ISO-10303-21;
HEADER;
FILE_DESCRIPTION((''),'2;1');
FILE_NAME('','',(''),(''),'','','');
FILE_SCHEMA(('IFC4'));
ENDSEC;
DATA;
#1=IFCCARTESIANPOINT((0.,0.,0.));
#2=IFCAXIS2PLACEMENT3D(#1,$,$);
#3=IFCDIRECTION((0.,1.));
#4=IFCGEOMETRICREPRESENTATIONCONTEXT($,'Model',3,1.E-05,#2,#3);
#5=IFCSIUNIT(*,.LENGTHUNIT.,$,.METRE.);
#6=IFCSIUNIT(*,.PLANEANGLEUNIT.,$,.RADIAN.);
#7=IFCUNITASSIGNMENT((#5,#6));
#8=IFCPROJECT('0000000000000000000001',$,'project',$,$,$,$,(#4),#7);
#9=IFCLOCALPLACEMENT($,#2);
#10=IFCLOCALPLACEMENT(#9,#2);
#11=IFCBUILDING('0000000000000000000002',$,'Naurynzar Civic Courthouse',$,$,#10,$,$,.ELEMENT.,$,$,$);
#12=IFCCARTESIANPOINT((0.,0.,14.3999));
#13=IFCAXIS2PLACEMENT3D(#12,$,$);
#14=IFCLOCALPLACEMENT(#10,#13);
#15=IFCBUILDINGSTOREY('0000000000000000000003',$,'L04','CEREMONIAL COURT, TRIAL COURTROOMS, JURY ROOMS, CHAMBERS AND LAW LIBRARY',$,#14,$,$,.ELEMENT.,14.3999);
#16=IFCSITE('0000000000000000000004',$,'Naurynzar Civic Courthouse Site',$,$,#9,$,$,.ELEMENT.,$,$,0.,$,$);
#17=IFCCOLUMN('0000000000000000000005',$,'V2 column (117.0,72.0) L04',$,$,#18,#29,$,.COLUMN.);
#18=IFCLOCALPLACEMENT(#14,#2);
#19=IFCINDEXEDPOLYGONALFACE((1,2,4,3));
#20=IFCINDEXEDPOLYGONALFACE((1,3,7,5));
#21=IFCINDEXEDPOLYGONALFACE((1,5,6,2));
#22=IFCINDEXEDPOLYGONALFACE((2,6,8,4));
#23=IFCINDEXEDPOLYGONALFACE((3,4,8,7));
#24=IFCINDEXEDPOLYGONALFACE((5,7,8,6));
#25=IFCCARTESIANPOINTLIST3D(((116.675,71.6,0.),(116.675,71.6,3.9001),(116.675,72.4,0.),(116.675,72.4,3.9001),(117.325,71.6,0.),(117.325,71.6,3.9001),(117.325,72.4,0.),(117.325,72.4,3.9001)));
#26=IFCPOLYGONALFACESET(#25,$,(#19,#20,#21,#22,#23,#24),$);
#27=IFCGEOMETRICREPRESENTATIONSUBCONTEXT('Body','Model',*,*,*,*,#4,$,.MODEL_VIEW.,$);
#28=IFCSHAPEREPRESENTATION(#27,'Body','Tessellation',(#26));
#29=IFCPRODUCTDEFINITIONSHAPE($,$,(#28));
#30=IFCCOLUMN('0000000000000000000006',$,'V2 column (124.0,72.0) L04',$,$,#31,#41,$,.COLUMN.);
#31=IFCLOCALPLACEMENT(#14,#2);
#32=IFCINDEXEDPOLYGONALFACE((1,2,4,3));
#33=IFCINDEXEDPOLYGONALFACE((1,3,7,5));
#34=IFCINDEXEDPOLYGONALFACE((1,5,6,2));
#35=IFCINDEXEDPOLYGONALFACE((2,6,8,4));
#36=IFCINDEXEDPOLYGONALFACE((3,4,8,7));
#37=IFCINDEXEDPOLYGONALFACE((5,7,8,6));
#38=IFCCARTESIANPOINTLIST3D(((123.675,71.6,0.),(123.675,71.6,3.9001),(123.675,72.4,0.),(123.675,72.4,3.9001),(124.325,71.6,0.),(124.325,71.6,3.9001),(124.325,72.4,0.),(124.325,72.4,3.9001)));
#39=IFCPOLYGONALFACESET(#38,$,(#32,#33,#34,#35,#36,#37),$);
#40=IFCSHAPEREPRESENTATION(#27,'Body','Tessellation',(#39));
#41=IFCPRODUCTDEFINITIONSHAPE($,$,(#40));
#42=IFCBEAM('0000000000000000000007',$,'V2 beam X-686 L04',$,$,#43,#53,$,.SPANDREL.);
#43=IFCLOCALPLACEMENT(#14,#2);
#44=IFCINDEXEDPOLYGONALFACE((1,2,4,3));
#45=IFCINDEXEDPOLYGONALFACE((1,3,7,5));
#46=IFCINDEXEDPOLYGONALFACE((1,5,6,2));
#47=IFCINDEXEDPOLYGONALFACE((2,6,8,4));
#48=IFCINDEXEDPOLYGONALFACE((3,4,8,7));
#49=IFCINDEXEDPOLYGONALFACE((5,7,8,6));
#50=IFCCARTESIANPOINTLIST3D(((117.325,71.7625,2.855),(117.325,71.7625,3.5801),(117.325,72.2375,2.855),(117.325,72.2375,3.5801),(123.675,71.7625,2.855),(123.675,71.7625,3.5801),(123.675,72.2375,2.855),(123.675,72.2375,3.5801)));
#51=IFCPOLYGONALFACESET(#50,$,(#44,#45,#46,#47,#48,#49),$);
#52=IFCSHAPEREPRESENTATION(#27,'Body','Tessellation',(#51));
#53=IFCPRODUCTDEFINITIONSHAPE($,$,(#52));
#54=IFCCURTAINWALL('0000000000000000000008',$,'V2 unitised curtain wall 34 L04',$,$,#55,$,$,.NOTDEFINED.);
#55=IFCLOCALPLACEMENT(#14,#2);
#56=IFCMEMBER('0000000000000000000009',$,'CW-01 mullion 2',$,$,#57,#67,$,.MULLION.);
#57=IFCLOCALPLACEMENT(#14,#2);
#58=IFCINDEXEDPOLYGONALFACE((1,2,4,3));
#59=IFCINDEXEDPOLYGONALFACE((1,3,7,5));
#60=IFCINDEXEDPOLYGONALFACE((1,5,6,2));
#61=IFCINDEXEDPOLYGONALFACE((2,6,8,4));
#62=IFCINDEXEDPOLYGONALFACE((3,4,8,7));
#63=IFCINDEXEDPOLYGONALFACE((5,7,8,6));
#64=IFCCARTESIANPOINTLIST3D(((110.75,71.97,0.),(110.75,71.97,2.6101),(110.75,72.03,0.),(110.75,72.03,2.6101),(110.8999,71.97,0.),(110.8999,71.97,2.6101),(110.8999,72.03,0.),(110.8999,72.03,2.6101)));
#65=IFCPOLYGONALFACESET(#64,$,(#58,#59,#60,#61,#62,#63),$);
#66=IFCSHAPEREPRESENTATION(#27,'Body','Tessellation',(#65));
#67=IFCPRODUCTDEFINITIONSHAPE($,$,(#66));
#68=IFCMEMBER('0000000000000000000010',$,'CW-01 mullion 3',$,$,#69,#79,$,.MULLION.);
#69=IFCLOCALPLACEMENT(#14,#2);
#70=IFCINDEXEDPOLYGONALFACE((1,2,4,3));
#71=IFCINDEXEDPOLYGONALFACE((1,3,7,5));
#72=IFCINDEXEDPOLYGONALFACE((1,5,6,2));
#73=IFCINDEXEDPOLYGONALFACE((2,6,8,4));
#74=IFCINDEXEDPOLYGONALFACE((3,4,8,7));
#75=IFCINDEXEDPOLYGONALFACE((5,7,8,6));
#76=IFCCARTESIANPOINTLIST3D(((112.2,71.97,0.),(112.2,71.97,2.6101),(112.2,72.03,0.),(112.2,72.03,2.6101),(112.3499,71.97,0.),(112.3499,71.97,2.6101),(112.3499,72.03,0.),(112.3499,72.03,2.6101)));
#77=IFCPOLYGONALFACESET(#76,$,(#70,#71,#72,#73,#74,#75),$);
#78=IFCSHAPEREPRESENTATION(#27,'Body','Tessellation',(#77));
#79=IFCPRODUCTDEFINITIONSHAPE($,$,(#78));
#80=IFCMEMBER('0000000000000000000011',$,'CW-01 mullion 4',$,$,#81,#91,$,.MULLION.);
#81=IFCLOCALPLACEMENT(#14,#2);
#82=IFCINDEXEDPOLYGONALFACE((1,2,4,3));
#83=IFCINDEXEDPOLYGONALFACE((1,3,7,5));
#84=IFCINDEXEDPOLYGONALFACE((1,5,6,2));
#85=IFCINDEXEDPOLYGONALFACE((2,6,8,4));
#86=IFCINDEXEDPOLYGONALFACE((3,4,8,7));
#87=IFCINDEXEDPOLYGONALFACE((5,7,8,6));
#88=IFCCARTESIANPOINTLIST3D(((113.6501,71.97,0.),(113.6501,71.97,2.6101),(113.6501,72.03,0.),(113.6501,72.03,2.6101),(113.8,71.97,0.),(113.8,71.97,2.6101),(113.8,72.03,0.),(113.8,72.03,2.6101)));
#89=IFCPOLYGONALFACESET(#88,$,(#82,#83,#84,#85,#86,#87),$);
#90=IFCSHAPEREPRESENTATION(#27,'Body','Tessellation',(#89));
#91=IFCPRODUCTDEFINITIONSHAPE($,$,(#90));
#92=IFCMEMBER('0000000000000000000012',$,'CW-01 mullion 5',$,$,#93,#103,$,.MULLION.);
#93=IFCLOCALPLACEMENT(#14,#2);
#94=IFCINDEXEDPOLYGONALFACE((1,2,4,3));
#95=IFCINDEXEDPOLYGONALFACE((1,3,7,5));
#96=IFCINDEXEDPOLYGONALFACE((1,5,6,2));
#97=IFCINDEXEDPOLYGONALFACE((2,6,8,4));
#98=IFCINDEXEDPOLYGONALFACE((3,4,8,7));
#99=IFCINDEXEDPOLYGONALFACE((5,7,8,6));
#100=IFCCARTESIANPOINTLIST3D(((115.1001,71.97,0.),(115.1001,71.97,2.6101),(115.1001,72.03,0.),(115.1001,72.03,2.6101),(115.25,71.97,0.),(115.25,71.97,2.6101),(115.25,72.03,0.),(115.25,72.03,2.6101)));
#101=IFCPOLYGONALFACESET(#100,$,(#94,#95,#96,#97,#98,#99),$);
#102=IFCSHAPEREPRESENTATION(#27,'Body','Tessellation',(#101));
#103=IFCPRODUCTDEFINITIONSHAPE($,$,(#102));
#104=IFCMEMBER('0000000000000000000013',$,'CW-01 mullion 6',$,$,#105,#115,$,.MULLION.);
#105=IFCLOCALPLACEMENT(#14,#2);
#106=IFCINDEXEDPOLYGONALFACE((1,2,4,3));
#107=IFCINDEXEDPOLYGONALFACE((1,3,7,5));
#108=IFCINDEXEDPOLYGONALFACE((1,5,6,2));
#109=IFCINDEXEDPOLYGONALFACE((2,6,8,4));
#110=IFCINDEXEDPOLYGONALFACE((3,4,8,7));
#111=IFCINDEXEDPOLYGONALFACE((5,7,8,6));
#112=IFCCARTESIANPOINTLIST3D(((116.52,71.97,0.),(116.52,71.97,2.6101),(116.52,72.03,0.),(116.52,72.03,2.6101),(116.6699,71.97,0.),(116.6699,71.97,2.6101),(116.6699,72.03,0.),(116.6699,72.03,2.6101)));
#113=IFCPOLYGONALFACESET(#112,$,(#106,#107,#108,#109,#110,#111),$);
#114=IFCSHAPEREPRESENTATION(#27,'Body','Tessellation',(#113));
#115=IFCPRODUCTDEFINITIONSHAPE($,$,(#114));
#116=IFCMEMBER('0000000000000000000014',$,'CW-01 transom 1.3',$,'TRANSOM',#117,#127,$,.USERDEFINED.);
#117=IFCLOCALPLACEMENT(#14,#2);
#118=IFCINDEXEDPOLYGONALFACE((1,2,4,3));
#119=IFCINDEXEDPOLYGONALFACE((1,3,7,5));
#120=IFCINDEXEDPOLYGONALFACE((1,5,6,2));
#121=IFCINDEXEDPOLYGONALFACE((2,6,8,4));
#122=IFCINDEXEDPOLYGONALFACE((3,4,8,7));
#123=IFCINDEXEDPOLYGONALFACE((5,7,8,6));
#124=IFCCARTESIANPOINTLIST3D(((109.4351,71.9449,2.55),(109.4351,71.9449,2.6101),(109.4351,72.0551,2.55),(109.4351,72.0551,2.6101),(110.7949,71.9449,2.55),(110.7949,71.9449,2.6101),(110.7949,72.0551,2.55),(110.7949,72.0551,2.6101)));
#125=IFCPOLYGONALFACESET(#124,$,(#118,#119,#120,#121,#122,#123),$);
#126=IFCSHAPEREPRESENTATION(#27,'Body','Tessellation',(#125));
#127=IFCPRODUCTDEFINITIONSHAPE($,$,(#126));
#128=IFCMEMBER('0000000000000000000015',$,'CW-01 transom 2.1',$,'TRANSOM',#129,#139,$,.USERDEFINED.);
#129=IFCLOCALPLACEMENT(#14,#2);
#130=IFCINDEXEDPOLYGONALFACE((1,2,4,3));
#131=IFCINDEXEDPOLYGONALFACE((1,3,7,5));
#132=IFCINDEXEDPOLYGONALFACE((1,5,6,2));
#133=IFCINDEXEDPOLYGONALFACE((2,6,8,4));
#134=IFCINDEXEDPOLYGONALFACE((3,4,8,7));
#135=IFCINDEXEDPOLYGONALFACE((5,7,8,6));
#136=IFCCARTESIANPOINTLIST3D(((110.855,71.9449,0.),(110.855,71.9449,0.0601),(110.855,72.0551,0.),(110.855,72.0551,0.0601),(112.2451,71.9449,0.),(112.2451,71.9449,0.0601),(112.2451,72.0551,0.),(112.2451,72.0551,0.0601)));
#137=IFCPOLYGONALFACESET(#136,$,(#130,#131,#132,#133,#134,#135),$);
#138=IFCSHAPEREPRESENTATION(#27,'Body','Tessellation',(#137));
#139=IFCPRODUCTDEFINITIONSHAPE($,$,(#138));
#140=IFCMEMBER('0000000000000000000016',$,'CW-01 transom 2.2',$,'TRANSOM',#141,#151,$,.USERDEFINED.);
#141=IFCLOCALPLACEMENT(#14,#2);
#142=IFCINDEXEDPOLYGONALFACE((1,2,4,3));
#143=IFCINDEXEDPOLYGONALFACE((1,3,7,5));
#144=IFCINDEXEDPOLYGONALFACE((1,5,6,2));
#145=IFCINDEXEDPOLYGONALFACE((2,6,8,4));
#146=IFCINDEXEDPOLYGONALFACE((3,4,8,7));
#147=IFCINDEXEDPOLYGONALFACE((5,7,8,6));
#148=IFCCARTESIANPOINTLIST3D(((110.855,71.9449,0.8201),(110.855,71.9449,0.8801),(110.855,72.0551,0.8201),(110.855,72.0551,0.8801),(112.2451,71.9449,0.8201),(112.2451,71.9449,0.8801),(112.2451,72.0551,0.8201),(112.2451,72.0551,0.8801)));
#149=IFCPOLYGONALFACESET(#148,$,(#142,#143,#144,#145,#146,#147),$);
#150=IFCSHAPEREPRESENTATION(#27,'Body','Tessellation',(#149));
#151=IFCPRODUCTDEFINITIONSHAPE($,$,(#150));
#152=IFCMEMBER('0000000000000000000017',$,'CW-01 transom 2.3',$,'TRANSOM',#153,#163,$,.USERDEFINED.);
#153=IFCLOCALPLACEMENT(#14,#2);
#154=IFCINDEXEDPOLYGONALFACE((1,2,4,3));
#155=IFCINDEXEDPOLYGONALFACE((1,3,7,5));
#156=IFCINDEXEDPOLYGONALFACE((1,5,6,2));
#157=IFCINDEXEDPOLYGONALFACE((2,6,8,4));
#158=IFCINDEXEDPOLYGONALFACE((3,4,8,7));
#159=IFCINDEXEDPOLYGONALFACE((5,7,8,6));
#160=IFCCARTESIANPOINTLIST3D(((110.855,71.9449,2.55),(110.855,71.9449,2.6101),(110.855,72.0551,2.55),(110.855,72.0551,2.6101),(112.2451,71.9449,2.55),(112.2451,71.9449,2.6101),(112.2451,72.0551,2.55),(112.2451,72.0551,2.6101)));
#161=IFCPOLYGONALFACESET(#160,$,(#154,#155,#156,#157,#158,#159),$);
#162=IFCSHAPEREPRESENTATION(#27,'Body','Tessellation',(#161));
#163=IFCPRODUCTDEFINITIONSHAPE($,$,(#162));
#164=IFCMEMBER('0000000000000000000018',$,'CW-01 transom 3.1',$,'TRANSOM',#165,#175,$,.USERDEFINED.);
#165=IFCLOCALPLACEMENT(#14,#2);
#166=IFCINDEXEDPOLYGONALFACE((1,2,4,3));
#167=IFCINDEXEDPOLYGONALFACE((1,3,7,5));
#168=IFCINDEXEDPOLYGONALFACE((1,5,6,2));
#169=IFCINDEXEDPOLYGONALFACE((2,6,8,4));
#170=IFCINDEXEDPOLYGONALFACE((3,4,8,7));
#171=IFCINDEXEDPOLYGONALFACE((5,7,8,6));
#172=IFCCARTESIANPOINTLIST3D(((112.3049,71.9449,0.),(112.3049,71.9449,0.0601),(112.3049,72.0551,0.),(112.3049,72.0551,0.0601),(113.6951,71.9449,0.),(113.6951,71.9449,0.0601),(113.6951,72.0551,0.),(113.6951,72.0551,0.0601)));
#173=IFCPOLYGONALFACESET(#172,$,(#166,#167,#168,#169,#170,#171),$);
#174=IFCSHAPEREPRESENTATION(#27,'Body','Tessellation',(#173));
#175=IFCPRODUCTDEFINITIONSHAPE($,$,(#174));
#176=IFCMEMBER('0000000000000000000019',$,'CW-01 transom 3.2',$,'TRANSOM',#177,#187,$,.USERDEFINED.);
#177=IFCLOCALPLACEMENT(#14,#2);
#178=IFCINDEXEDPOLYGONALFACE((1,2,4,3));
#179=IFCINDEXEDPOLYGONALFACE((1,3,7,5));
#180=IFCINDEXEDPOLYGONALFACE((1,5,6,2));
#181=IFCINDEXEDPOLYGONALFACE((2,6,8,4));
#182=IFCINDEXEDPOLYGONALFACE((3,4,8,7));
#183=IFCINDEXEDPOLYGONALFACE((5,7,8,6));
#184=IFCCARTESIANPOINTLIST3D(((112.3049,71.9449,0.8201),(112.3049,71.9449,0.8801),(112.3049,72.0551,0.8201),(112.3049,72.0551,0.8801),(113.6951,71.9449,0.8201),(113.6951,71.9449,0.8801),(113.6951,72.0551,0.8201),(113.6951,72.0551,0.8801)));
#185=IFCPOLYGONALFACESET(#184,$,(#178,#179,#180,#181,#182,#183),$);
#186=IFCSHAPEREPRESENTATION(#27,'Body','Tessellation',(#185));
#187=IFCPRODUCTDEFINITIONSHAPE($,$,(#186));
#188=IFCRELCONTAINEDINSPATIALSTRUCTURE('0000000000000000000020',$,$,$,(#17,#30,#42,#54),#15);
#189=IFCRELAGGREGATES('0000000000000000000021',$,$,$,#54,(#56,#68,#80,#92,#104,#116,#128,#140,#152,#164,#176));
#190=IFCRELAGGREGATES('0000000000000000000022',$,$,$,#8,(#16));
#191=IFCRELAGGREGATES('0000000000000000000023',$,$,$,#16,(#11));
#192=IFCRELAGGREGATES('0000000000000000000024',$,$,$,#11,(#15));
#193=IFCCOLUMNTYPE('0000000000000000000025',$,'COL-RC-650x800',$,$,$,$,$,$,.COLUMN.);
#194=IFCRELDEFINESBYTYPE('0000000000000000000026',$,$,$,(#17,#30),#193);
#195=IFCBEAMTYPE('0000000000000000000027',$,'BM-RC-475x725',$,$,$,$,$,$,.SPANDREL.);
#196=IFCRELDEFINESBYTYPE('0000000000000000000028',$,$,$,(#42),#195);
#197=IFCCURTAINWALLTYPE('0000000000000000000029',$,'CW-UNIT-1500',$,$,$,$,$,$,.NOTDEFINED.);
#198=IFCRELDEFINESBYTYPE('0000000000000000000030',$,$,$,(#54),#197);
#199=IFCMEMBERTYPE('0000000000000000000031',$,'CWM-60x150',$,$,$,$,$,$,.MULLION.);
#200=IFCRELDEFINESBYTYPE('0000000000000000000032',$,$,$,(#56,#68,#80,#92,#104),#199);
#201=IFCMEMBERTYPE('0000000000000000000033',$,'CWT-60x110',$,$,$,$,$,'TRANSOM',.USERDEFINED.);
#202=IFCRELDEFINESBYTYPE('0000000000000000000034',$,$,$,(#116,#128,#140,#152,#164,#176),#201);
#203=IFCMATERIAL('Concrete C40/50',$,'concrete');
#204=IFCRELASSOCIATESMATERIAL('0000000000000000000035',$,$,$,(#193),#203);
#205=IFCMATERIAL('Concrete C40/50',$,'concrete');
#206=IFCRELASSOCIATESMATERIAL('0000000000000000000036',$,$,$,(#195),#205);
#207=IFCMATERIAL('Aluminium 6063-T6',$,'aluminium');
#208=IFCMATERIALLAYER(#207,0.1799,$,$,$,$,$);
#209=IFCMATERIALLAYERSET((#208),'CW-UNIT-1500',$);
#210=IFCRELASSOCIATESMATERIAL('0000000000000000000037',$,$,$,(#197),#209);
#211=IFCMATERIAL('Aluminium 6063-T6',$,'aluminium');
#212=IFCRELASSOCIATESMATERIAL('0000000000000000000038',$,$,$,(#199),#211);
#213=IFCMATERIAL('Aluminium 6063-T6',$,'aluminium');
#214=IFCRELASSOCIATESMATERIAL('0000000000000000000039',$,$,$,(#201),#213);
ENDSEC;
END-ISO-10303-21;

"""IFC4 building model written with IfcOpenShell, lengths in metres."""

from ifc_helpers import new_model, si_unit, direction, frame, origin, origin_2d, place, context, subcontext, project, spatial, rectangle, extrude, material, layer, layer_set, material_profile, profile_set, type_object, element, aggregate, save


model = new_model("IFC4")

# Units and contexts
model_context = context("Model", 3, precision=1e-05, world=origin(), true_north=direction((0.0, 1.0)))
body_context = subcontext(model_context, "Body", "Model", "MODEL_VIEW")
ifc_project = project(units=[si_unit("LENGTHUNIT", "METRE"), si_unit("PLANEANGLEUNIT", "RADIAN")], contexts=[model_context])

# Site, building, storey
site_placement = place(None, origin())
site = spatial("IfcSite", under=ifc_project, at=site_placement, Name="Naurynzar Civic Courthouse Site", CompositionType="ELEMENT", RefElevation=0.0)
building_placement = place(site_placement, origin())
building = spatial("IfcBuilding", under=site, at=building_placement, Name="Naurynzar Civic Courthouse", CompositionType="ELEMENT")
storey_placement = place(building_placement, frame((0.0, 0.0, 14.3999)))
storey = spatial("IfcBuildingStorey", under=building, at=storey_placement, Name="L04", Description="CEREMONIAL COURT, TRIAL COURTROOMS, JURY ROOMS, CHAMBERS AND LAW LIBRARY", CompositionType="ELEMENT", Elevation=14.3999)

# Columns
ifc_material_1 = material(Name="Concrete C40/50", Category="concrete")
ifc_material_profile_1 = material_profile(ifc_material_1, rectangle(XDim=0.6499, YDim=0.8, at=origin_2d()), Name="RC 650x800")
ifc_profile_set_1 = profile_set([ifc_material_profile_1], Name="Concrete C40/50")
column_type = type_object("IfcColumnType", Name="COL-RC-650x800", PredefinedType="COLUMN", material=ifc_profile_set_1)
for number, where, z_axis, x_axis, name in (
    (1, (117.0, 72.0, 0.0), (0.0, 0.0, 1.0), (1.0, 0.0, 0.0), "V2 column (117.0,72.0) L04"),
    (2, (124.0, 72.0, 0.0), (0.0, 0.0, 1.0), (1.0, 0.0, 0.0), "V2 column (124.0,72.0) L04"),
):
    element("IfcColumn", number, at=place(storey_placement, frame(where, z_axis=z_axis, x_axis=x_axis)), inside=storey, type_object=column_type, Name=name, PredefinedType="COLUMN", context=body_context, shape_type="SweptSolid", body=[
        extrude(rectangle(XDim=0.6499, YDim=0.8, at=origin_2d()), origin(), (0.0, 0.0, 1.0), 3.9001),
    ])

# Beam
ifc_material_2 = material(Name="Concrete C40/50", Category="concrete")
ifc_material_profile_2 = material_profile(ifc_material_2, rectangle(XDim=0.4751, YDim=0.7251, at=origin_2d()), Name="RCB 475x725")
ifc_profile_set_2 = profile_set([ifc_material_profile_2], Name="Concrete C40/50")
beam_type = type_object("IfcBeamType", Name="BM-RC-475x725", PredefinedType="SPANDREL", material=ifc_profile_set_2)
beam_placement = place(storey_placement, frame((117.325, 72.0, 3.2175), z_axis=(1.0, 0.0, 0.0), x_axis=(0.0, 1.0, 0.0)))
element("IfcBeam", 3, at=beam_placement, inside=storey, type_object=beam_type, Name="V2 beam X-686 L04", PredefinedType="SPANDREL", context=body_context, shape_type="SweptSolid", body=[
    extrude(rectangle(XDim=0.4751, YDim=0.7251, at=origin_2d()), origin(), (0.0, 0.0, 1.0), 6.3501),
])

# Curtain wall, members
ifc_material_3 = material(Name="Aluminium 6063-T6", Category="aluminium")
ifc_layer_1 = layer(ifc_material_3, 0.1799)
ifc_layer_set_1 = layer_set([ifc_layer_1], Name="CW-UNIT-1500")
curtain_wall_type = type_object("IfcCurtainWallType", Name="CW-UNIT-1500", PredefinedType="NOTDEFINED", material=ifc_layer_set_1)
curtain_wall_placement = place(storey_placement, origin())
curtain_wall = element("IfcCurtainWall", 4, at=curtain_wall_placement, inside=storey, type_object=curtain_wall_type, Name="V2 unitised curtain wall 34 L04", PredefinedType="NOTDEFINED")
ifc_material_4 = material(Name="Aluminium 6063-T6", Category="aluminium")
ifc_material_profile_3 = material_profile(ifc_material_4, rectangle(XDim=0.0601, YDim=0.1499, at=origin_2d()), Name="ALU MULLION 60x150")
ifc_profile_set_3 = profile_set([ifc_material_profile_3], Name="Aluminium 6063-T6")
member_type_1 = type_object("IfcMemberType", Name="CWM-60x150", PredefinedType="MULLION", material=ifc_profile_set_3)
member_1_placement = place(storey_placement, frame((110.825, 72.0, 0.0), z_axis=(0.0, 0.0, 1.0), x_axis=(0.0, 1.0, 0.0)))
member_1 = element("IfcMember", 5, at=member_1_placement, type_object=member_type_1, Name="CW-01 mullion 2", PredefinedType="MULLION", context=body_context, shape_type="SweptSolid", body=[
    extrude(rectangle(XDim=0.0601, YDim=0.1499, at=origin_2d()), origin(), (0.0, 0.0, 1.0), 2.6101),
])
member_2_placement = place(storey_placement, frame((112.2749, 72.0, 0.0), z_axis=(0.0, 0.0, 1.0), x_axis=(0.0, 1.0, 0.0)))
member_2 = element("IfcMember", 6, at=member_2_placement, type_object=member_type_1, Name="CW-01 mullion 3", PredefinedType="MULLION", context=body_context, shape_type="SweptSolid", body=[
    extrude(rectangle(XDim=0.0601, YDim=0.1499, at=origin_2d()), origin(), (0.0, 0.0, 1.0), 2.6101),
])
member_3_placement = place(storey_placement, frame((113.7251, 72.0, 0.0), z_axis=(0.0, 0.0, 1.0), x_axis=(0.0, 1.0, 0.0)))
member_3 = element("IfcMember", 7, at=member_3_placement, type_object=member_type_1, Name="CW-01 mullion 4", PredefinedType="MULLION", context=body_context, shape_type="SweptSolid", body=[
    extrude(rectangle(XDim=0.0601, YDim=0.1499, at=origin_2d()), origin(), (0.0, 0.0, 1.0), 2.6101),
])
member_4_placement = place(storey_placement, frame((115.175, 72.0, 0.0), z_axis=(0.0, 0.0, 1.0), x_axis=(0.0, 1.0, 0.0)))
member_4 = element("IfcMember", 8, at=member_4_placement, type_object=member_type_1, Name="CW-01 mullion 5", PredefinedType="MULLION", context=body_context, shape_type="SweptSolid", body=[
    extrude(rectangle(XDim=0.0601, YDim=0.1499, at=origin_2d()), origin(), (0.0, 0.0, 1.0), 2.6101),
])
member_5_placement = place(storey_placement, frame((116.595, 72.0, 0.0), z_axis=(0.0, 0.0, 1.0), x_axis=(0.0, 1.0, 0.0)))
member_5 = element("IfcMember", 9, at=member_5_placement, type_object=member_type_1, Name="CW-01 mullion 6", PredefinedType="MULLION", context=body_context, shape_type="SweptSolid", body=[
    extrude(rectangle(XDim=0.0601, YDim=0.1499, at=origin_2d()), origin(), (0.0, 0.0, 1.0), 2.6101),
])
ifc_material_5 = material(Name="Aluminium 6063-T6", Category="aluminium")
ifc_material_profile_4 = material_profile(ifc_material_5, rectangle(XDim=0.1101, YDim=0.0601, at=origin_2d()), Name="ALU TRANSOM 60x110")
ifc_profile_set_4 = profile_set([ifc_material_profile_4], Name="Aluminium 6063-T6")
member_type_2 = type_object("IfcMemberType", Name="CWT-60x110", ElementType="TRANSOM", PredefinedType="USERDEFINED", material=ifc_profile_set_4)
member_6_placement = place(storey_placement, frame((109.4351, 72.0, 2.5801), z_axis=(1.0, 0.0, 0.0), x_axis=(0.0, 1.0, 0.0)))
member_6 = element("IfcMember", 10, at=member_6_placement, type_object=member_type_2, Name="CW-01 transom 1.3", ObjectType="TRANSOM", PredefinedType="USERDEFINED", context=body_context, shape_type="SweptSolid", body=[
    extrude(rectangle(XDim=0.1101, YDim=0.0601, at=origin_2d()), origin(), (0.0, 0.0, 1.0), 1.3599),
])
member_7_placement = place(storey_placement, frame((110.855, 72.0, 0.03), z_axis=(1.0, 0.0, 0.0), x_axis=(0.0, 1.0, 0.0)))
member_7 = element("IfcMember", 11, at=member_7_placement, type_object=member_type_2, Name="CW-01 transom 2.1", ObjectType="TRANSOM", PredefinedType="USERDEFINED", context=body_context, shape_type="SweptSolid", body=[
    extrude(rectangle(XDim=0.1101, YDim=0.0601, at=origin_2d()), origin(), (0.0, 0.0, 1.0), 1.3901),
])
member_8_placement = place(storey_placement, frame((110.855, 72.0, 0.8501), z_axis=(1.0, 0.0, 0.0), x_axis=(0.0, 1.0, 0.0)))
member_8 = element("IfcMember", 12, at=member_8_placement, type_object=member_type_2, Name="CW-01 transom 2.2", ObjectType="TRANSOM", PredefinedType="USERDEFINED", context=body_context, shape_type="SweptSolid", body=[
    extrude(rectangle(XDim=0.1101, YDim=0.0601, at=origin_2d()), origin(), (0.0, 0.0, 1.0), 1.3901),
])
member_9_placement = place(storey_placement, frame((110.855, 72.0, 2.5801), z_axis=(1.0, 0.0, 0.0), x_axis=(0.0, 1.0, 0.0)))
member_9 = element("IfcMember", 13, at=member_9_placement, type_object=member_type_2, Name="CW-01 transom 2.3", ObjectType="TRANSOM", PredefinedType="USERDEFINED", context=body_context, shape_type="SweptSolid", body=[
    extrude(rectangle(XDim=0.1101, YDim=0.0601, at=origin_2d()), origin(), (0.0, 0.0, 1.0), 1.3901),
])
member_10_placement = place(storey_placement, frame((112.3049, 72.0, 0.03), z_axis=(1.0, 0.0, 0.0), x_axis=(0.0, 1.0, 0.0)))
member_10 = element("IfcMember", 14, at=member_10_placement, type_object=member_type_2, Name="CW-01 transom 3.1", ObjectType="TRANSOM", PredefinedType="USERDEFINED", context=body_context, shape_type="SweptSolid", body=[
    extrude(rectangle(XDim=0.1101, YDim=0.0601, at=origin_2d()), origin(), (0.0, 0.0, 1.0), 1.3901),
])
member_11_placement = place(storey_placement, frame((112.3049, 72.0, 0.8501), z_axis=(1.0, 0.0, 0.0), x_axis=(0.0, 1.0, 0.0)))
member_11 = element("IfcMember", 15, at=member_11_placement, type_object=member_type_2, Name="CW-01 transom 3.2", ObjectType="TRANSOM", PredefinedType="USERDEFINED", context=body_context, shape_type="SweptSolid", body=[
    extrude(rectangle(XDim=0.1101, YDim=0.0601, at=origin_2d()), origin(), (0.0, 0.0, 1.0), 1.3901),
])
aggregate(curtain_wall, [member_1, member_2, member_3, member_4, member_5, member_6, member_7, member_8, member_9, member_10, member_11])

save(model, "model.ifc")
